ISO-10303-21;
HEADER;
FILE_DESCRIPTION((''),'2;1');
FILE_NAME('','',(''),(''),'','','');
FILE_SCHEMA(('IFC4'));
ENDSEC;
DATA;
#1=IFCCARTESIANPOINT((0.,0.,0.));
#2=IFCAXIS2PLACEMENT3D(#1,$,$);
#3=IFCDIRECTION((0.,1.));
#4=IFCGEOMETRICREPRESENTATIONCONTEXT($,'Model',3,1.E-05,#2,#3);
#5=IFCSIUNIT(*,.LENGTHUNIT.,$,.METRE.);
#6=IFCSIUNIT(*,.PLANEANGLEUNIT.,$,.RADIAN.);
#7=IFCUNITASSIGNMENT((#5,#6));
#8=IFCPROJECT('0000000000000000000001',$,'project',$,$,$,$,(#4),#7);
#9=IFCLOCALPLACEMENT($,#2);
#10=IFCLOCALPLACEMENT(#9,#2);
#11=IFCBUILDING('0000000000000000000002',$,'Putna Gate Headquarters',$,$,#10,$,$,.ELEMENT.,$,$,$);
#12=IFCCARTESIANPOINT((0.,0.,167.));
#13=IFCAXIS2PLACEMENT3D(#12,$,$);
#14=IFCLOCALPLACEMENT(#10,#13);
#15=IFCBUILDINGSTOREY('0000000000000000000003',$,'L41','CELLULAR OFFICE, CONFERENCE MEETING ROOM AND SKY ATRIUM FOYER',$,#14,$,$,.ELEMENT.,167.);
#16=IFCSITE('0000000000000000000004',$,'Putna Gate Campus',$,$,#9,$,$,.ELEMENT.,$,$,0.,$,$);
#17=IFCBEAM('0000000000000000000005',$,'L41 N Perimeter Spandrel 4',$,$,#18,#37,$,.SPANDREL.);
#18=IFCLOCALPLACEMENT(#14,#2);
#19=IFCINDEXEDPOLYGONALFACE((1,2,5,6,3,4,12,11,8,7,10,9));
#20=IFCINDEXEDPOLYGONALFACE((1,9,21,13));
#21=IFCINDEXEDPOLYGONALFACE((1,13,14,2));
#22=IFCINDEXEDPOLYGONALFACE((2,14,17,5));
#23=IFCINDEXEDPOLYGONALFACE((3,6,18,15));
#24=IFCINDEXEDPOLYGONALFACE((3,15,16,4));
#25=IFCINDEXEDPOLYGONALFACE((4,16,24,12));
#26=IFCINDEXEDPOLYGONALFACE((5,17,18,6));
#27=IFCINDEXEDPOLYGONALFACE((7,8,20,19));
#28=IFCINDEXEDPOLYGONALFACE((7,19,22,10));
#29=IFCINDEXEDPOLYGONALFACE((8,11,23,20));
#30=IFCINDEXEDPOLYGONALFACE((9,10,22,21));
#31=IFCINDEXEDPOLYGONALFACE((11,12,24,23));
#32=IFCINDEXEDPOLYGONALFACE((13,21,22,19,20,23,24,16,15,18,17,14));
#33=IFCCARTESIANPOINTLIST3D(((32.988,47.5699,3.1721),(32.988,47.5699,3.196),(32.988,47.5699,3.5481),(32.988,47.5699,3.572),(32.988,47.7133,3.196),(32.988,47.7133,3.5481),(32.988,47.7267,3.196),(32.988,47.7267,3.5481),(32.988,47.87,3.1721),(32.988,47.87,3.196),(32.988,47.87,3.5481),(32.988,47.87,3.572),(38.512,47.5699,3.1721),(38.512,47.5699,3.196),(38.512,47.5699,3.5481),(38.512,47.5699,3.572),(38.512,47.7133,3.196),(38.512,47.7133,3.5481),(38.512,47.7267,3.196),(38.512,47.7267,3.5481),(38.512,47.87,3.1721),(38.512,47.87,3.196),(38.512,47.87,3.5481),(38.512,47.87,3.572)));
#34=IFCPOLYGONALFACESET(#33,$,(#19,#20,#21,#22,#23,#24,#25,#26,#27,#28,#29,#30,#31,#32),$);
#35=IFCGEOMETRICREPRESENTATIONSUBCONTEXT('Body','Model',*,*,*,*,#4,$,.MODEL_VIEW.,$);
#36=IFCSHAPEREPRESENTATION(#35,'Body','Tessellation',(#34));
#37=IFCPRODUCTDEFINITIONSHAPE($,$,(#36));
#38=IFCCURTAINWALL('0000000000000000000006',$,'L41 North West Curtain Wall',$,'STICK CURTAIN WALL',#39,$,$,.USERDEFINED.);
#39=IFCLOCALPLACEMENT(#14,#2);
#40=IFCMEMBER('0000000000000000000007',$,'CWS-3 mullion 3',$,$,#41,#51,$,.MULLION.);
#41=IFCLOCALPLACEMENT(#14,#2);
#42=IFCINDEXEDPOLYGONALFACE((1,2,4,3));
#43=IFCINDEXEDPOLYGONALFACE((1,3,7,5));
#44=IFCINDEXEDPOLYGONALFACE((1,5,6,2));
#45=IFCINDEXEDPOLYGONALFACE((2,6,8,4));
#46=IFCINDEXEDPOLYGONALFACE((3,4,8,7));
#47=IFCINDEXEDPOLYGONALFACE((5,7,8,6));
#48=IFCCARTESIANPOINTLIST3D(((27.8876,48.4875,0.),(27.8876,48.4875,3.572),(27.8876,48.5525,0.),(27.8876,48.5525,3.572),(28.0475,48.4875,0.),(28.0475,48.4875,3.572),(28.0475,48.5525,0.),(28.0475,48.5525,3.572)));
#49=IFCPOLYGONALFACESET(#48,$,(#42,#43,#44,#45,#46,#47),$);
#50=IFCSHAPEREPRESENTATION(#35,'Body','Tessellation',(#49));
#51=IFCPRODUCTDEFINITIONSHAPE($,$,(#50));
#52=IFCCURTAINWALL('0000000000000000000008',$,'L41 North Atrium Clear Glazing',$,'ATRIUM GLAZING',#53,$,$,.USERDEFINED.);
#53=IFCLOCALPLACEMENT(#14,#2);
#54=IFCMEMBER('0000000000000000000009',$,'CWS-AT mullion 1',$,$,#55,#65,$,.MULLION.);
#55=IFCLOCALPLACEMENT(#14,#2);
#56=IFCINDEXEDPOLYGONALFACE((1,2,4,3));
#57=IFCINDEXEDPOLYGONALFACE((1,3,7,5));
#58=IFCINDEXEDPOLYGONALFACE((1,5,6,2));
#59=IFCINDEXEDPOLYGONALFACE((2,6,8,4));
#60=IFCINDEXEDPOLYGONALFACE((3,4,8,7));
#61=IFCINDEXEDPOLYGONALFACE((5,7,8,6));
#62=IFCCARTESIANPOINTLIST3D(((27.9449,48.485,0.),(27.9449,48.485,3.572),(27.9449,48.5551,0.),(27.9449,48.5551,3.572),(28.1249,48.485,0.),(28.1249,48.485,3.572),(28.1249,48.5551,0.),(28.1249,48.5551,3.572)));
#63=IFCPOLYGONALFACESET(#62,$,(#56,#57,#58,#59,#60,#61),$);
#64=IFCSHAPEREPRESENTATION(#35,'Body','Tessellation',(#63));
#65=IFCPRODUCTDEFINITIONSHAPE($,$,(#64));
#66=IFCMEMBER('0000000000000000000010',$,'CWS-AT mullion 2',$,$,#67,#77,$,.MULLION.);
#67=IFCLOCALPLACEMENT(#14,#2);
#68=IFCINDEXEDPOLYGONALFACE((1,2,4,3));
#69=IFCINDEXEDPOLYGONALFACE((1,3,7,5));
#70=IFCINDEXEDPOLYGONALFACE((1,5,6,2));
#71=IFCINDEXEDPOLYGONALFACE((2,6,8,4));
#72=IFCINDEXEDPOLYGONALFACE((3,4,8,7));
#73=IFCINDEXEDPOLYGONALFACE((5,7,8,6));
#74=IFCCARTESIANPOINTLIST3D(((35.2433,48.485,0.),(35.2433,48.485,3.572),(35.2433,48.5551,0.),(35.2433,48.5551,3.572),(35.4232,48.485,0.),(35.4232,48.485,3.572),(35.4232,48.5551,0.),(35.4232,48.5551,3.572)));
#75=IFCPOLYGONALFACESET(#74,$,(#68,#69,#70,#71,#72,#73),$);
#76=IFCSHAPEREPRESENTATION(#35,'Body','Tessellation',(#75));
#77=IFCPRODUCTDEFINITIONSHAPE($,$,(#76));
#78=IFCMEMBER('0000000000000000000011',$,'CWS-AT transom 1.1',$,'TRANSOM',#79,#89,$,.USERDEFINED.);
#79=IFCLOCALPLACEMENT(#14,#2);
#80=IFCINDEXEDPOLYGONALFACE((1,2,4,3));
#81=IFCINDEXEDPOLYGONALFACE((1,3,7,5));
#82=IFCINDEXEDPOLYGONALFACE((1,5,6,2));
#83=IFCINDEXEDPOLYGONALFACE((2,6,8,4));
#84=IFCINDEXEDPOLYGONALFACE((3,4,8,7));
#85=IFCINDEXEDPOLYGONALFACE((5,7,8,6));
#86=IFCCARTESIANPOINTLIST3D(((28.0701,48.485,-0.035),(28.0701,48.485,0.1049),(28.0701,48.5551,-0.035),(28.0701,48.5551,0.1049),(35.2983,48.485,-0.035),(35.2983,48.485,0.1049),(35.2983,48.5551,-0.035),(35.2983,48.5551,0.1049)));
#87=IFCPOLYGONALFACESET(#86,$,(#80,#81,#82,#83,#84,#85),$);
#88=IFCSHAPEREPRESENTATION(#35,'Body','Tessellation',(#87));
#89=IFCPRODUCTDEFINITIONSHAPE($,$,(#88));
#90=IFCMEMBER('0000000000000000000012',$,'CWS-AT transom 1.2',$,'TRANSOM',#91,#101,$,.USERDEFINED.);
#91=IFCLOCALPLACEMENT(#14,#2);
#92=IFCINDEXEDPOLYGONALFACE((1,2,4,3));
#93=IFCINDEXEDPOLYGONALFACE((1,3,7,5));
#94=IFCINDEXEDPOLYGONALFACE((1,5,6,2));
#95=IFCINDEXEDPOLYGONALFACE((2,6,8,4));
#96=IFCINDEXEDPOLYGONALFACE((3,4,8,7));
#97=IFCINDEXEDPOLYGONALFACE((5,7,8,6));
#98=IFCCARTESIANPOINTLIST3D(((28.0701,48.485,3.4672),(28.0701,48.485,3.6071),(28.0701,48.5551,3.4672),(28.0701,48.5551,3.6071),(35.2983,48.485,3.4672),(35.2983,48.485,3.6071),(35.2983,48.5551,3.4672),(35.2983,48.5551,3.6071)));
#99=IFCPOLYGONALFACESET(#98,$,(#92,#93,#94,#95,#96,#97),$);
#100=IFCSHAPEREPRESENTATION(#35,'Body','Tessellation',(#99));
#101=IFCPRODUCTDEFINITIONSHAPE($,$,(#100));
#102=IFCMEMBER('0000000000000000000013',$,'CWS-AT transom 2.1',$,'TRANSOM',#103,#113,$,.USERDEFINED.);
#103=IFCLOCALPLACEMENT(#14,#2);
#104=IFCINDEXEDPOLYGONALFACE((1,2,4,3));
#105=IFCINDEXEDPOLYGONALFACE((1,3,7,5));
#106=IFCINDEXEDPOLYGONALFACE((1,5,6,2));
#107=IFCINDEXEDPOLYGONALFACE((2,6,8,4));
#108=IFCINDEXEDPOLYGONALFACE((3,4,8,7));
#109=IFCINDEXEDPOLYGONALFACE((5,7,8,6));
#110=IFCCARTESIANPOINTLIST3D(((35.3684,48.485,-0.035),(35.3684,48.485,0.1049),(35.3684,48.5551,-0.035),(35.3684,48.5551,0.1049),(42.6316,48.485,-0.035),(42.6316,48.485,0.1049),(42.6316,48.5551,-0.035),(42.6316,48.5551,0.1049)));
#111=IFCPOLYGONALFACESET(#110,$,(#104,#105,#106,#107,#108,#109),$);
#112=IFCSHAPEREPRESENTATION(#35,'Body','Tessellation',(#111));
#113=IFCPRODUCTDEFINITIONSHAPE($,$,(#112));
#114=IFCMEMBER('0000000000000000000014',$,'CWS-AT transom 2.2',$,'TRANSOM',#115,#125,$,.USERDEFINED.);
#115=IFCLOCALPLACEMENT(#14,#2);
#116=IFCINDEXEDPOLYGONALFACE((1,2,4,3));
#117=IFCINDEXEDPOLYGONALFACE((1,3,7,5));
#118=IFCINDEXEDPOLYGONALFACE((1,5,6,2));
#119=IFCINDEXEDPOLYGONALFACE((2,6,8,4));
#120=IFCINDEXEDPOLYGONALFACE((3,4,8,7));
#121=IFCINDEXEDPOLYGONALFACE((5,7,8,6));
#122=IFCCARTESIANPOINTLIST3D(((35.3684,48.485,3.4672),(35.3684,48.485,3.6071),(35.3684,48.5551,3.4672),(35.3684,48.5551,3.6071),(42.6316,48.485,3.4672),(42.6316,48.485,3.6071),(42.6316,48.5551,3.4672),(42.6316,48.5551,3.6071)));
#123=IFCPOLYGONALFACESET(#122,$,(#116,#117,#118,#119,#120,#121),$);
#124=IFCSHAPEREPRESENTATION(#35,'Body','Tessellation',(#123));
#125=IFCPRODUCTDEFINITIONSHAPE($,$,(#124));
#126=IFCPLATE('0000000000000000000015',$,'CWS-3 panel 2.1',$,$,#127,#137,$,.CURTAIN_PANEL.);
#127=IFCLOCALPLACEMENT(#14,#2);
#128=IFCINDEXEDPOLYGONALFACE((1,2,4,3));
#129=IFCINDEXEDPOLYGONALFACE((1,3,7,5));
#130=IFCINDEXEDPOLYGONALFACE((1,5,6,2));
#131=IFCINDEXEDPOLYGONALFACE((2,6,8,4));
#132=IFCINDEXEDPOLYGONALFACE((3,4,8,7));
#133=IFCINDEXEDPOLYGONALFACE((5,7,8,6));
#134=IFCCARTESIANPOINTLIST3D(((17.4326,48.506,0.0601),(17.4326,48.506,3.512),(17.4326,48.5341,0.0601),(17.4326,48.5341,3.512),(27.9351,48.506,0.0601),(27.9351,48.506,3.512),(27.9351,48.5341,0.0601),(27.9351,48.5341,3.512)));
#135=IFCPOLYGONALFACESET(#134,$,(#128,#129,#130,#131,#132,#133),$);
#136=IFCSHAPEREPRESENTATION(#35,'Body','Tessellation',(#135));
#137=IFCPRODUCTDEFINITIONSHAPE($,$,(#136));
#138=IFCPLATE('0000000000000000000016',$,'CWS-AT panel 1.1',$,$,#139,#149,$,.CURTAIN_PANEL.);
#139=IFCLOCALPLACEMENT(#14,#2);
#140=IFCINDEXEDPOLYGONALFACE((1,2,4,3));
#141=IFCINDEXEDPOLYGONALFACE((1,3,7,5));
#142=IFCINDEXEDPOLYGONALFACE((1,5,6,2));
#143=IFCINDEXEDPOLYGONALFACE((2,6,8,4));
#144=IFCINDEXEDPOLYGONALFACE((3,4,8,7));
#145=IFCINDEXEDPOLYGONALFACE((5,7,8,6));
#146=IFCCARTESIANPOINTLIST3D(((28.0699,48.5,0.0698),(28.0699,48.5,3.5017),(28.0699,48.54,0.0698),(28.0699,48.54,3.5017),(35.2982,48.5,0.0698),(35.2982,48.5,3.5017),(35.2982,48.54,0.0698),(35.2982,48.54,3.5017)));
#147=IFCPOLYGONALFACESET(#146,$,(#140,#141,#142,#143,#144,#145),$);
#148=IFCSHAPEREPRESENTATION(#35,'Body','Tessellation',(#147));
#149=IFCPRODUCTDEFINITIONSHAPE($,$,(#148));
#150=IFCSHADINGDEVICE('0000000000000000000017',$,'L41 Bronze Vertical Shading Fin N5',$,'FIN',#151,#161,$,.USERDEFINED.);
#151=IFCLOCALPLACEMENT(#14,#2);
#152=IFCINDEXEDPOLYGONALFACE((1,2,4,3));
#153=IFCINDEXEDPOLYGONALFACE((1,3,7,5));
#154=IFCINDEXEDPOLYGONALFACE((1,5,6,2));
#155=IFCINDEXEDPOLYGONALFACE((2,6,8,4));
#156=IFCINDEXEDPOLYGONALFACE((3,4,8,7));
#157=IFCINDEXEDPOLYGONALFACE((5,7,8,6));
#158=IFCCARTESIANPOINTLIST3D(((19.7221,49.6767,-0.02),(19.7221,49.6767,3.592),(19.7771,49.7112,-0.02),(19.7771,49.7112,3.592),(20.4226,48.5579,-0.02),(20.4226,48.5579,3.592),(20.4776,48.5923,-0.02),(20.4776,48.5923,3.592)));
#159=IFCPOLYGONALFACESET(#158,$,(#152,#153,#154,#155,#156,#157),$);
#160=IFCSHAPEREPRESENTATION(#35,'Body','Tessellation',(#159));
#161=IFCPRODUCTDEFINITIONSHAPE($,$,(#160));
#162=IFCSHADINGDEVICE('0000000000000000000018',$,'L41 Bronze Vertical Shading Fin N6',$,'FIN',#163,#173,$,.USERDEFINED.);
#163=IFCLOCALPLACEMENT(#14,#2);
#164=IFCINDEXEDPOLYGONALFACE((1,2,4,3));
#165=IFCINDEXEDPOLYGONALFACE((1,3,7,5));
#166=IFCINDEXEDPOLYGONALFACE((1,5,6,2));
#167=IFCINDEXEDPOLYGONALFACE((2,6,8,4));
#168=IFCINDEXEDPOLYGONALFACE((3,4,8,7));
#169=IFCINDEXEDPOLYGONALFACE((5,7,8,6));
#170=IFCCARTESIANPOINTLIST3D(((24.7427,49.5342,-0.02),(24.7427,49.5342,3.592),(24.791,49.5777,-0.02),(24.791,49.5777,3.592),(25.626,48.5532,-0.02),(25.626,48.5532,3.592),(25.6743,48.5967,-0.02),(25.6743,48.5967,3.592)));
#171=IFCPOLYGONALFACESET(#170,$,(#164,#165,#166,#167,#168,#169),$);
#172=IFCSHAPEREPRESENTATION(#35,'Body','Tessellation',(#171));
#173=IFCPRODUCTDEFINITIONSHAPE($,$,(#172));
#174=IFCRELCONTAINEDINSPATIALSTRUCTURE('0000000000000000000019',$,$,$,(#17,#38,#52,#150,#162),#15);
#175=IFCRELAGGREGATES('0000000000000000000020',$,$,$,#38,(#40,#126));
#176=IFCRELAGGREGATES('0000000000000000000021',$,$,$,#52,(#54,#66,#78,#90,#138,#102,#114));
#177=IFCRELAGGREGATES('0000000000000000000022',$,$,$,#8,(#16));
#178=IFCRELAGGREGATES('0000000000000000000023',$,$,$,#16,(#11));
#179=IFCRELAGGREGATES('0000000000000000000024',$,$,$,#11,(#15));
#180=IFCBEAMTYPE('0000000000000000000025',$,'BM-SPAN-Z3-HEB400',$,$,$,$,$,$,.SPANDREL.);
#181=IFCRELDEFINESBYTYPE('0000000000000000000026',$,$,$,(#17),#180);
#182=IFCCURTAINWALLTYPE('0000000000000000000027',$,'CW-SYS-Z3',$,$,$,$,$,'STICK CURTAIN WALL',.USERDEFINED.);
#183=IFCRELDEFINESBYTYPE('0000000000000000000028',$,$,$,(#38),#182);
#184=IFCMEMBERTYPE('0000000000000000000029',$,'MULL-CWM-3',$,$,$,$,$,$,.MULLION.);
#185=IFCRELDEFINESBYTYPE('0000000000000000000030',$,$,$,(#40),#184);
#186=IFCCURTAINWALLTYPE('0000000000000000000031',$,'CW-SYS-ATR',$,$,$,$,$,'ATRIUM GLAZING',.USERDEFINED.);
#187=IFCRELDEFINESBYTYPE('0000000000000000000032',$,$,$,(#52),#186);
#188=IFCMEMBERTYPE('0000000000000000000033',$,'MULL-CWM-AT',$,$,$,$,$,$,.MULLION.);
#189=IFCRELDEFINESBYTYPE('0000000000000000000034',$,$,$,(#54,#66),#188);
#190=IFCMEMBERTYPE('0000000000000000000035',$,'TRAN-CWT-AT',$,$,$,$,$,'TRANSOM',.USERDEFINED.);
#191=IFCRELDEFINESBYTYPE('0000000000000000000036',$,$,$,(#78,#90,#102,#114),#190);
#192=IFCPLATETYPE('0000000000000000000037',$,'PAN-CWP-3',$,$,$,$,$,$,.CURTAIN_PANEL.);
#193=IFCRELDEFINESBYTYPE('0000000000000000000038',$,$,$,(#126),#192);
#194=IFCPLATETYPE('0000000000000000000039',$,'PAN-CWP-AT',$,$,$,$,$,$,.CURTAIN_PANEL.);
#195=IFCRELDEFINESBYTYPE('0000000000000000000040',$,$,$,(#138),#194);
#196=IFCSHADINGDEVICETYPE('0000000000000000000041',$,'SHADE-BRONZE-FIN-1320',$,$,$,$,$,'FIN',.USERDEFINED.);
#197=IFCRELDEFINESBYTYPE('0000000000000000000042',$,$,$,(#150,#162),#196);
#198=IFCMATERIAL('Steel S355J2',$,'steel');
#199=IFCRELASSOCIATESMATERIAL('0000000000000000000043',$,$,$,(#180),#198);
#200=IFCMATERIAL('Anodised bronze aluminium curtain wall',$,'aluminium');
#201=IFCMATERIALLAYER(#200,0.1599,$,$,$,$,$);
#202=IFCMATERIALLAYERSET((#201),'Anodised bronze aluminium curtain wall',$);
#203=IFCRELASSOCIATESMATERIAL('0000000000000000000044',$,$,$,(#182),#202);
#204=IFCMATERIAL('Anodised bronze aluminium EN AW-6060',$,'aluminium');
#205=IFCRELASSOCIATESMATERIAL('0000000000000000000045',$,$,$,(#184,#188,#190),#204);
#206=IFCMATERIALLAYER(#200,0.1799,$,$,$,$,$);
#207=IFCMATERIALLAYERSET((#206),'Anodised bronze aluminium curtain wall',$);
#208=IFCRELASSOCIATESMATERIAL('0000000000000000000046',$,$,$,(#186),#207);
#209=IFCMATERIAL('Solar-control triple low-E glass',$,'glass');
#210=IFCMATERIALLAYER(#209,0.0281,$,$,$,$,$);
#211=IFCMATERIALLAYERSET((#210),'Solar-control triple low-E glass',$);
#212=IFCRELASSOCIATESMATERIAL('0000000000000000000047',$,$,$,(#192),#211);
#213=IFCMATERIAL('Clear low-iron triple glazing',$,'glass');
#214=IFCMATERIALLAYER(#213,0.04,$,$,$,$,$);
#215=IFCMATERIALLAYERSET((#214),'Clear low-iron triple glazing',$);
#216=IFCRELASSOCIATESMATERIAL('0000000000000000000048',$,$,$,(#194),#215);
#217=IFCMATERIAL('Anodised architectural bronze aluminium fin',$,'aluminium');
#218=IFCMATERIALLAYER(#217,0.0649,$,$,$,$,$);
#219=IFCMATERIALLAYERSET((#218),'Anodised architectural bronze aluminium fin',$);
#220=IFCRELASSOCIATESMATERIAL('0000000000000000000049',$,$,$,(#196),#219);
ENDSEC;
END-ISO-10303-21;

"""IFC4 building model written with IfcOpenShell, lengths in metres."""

from ifc_helpers import new_model, si_unit, direction, frame, origin, origin_2d, place, context, subcontext, project, spatial, rectangle, i_section, extrude, material, layer, layer_set, material_profile, profile_set, type_object, element, aggregate, save


model = new_model("IFC4")

# Units and contexts
model_context = context("Model", 3, precision=1e-05, world=origin(), true_north=direction((0.0, 1.0)))
body_context = subcontext(model_context, "Body", "Model", "MODEL_VIEW")
ifc_project = project(units=[si_unit("LENGTHUNIT", "METRE"), si_unit("PLANEANGLEUNIT", "RADIAN")], contexts=[model_context])

# Site, building, storey
site_placement = place(None, origin())
site = spatial("IfcSite", under=ifc_project, at=site_placement, Name="Putna Gate Campus", CompositionType="ELEMENT", RefElevation=0.0)
building_placement = place(site_placement, origin())
building = spatial("IfcBuilding", under=site, at=building_placement, Name="Putna Gate Headquarters", CompositionType="ELEMENT")
storey_placement = place(building_placement, frame((0.0, 0.0, 167.0)))
storey = spatial("IfcBuildingStorey", under=building, at=storey_placement, Name="L41", Description="CELLULAR OFFICE, CONFERENCE MEETING ROOM AND SKY ATRIUM FOYER", CompositionType="ELEMENT", Elevation=167.0)

# Beam
ifc_material_1 = material(Name="Steel S355J2", Category="steel")
ifc_material_profile_1 = material_profile(ifc_material_1, i_section(OverallWidth=0.3, OverallDepth=0.3999, WebThickness=0.0134, FlangeThickness=0.0239, at=origin_2d()), Name="Steel S355J2")
ifc_profile_set_1 = profile_set([ifc_material_profile_1], Name="Steel S355J2")
beam_type_1 = type_object("IfcBeamType", Name="BM-SPAN-Z3-HEB400", PredefinedType="SPANDREL", material=ifc_profile_set_1)
for number, where, z_axis, x_axis, name in (
    (1, (32.988, 47.72, 3.3721), (1.0, 0.0, 0.0), (0.0, 1.0, 0.0), "L41 N Perimeter Spandrel 4"),
):
    element("IfcBeam", number, at=place(storey_placement, frame(where, z_axis=z_axis, x_axis=x_axis)), inside=storey, type_object=beam_type_1, Name=name, PredefinedType="SPANDREL", context=body_context, shape_type="SweptSolid", body=[
        extrude(i_section(OverallWidth=0.3, OverallDepth=0.3999, WebThickness=0.0134, FlangeThickness=0.0239, at=origin_2d()), origin(), (0.0, 0.0, 1.0), 5.5239),
    ])

# Curtain wall, member
ifc_material_2 = material(Name="Anodised bronze aluminium curtain wall", Category="aluminium")
ifc_layer_1 = layer(ifc_material_2, 0.1599)
ifc_layer_set_1 = layer_set([ifc_layer_1], Name="Anodised bronze aluminium curtain wall")
curtain_wall_type_1 = type_object("IfcCurtainWallType", Name="CW-SYS-Z3", ElementType="STICK CURTAIN WALL", PredefinedType="USERDEFINED", material=ifc_layer_set_1)
curtain_wall_1_placement = place(storey_placement, origin())
curtain_wall_1 = element("IfcCurtainWall", 2, at=curtain_wall_1_placement, inside=storey, type_object=curtain_wall_type_1, Name="L41 North West Curtain Wall", ObjectType="STICK CURTAIN WALL", PredefinedType="USERDEFINED")
ifc_material_3 = material(Name="Anodised bronze aluminium EN AW-6060", Category="aluminium")
ifc_material_profile_2 = material_profile(ifc_material_3, rectangle(XDim=0.0649, YDim=0.1599, at=origin_2d()), Name="Anodised bronze aluminium EN AW-6060")
ifc_profile_set_2 = profile_set([ifc_material_profile_2], Name="Anodised bronze aluminium EN AW-6060")
member_type_1 = type_object("IfcMemberType", Name="MULL-CWM-3", PredefinedType="MULLION", material=ifc_profile_set_2)
member_1_placement = place(storey_placement, frame((27.9675, 48.52, 0.0), z_axis=(0.0, 0.0, 1.0), x_axis=(0.0, 1.0, 0.0)))
member_1 = element("IfcMember", 3, at=member_1_placement, type_object=member_type_1, Name="CWS-3 mullion 3", PredefinedType="MULLION", context=body_context, shape_type="SweptSolid", body=[
    extrude(rectangle(XDim=0.0649, YDim=0.1599, at=origin_2d()), origin(), (0.0, 0.0, 1.0), 3.572),
])

# Curtain wall, members
ifc_layer_2 = layer(ifc_material_2, 0.1799)
ifc_layer_set_2 = layer_set([ifc_layer_2], Name="Anodised bronze aluminium curtain wall")
curtain_wall_type_2 = type_object("IfcCurtainWallType", Name="CW-SYS-ATR", ElementType="ATRIUM GLAZING", PredefinedType="USERDEFINED", material=ifc_layer_set_2)
curtain_wall_2_placement = place(storey_placement, origin())
curtain_wall_2 = element("IfcCurtainWall", 4, at=curtain_wall_2_placement, inside=storey, type_object=curtain_wall_type_2, Name="L41 North Atrium Clear Glazing", ObjectType="ATRIUM GLAZING", PredefinedType="USERDEFINED")
ifc_material_profile_3 = material_profile(ifc_material_3, rectangle(XDim=0.0701, YDim=0.1799, at=origin_2d()), Name="Anodised bronze aluminium EN AW-6060")
ifc_profile_set_3 = profile_set([ifc_material_profile_3], Name="Anodised bronze aluminium EN AW-6060")
member_type_2 = type_object("IfcMemberType", Name="MULL-CWM-AT", PredefinedType="MULLION", material=ifc_profile_set_3)
member_2_placement = place(storey_placement, frame((28.0349, 48.52, 0.0), z_axis=(0.0, 0.0, 1.0), x_axis=(0.0, 1.0, 0.0)))
member_2 = element("IfcMember", 5, at=member_2_placement, type_object=member_type_2, Name="CWS-AT mullion 1", PredefinedType="MULLION", context=body_context, shape_type="SweptSolid", body=[
    extrude(rectangle(XDim=0.0701, YDim=0.1799, at=origin_2d()), origin(), (0.0, 0.0, 1.0), 3.572),
])
member_3_placement = place(storey_placement, frame((35.3333, 48.52, 0.0), z_axis=(0.0, 0.0, 1.0), x_axis=(0.0, 1.0, 0.0)))
member_3 = element("IfcMember", 6, at=member_3_placement, type_object=member_type_2, Name="CWS-AT mullion 2", PredefinedType="MULLION", context=body_context, shape_type="SweptSolid", body=[
    extrude(rectangle(XDim=0.0701, YDim=0.1799, at=origin_2d()), origin(), (0.0, 0.0, 1.0), 3.572),
])
ifc_material_profile_4 = material_profile(ifc_material_3, rectangle(XDim=0.0701, YDim=0.1399, at=origin_2d()), Name="Anodised bronze aluminium EN AW-6060")
ifc_profile_set_4 = profile_set([ifc_material_profile_4], Name="Anodised bronze aluminium EN AW-6060")
member_type_3 = type_object("IfcMemberType", Name="TRAN-CWT-AT", ElementType="TRANSOM", PredefinedType="USERDEFINED", material=ifc_profile_set_4)
member_4_placement = place(storey_placement, frame((28.0701, 48.52, 0.0349), z_axis=(1.0, 0.0, 0.0), x_axis=(0.0, 1.0, 0.0)))
member_4 = element("IfcMember", 7, at=member_4_placement, type_object=member_type_3, Name="CWS-AT transom 1.1", ObjectType="TRANSOM", PredefinedType="USERDEFINED", context=body_context, shape_type="SweptSolid", body=[
    extrude(rectangle(XDim=0.0701, YDim=0.1399, at=origin_2d()), origin(), (0.0, 0.0, 1.0), 7.2283),
])
member_5_placement = place(storey_placement, frame((28.0701, 48.52, 3.5371), z_axis=(1.0, 0.0, 0.0), x_axis=(0.0, 1.0, 0.0)))
member_5 = element("IfcMember", 8, at=member_5_placement, type_object=member_type_3, Name="CWS-AT transom 1.2", ObjectType="TRANSOM", PredefinedType="USERDEFINED", context=body_context, shape_type="SweptSolid", body=[
    extrude(rectangle(XDim=0.0701, YDim=0.1399, at=origin_2d()), origin(), (0.0, 0.0, 1.0), 7.2283),
])
member_6_placement = place(storey_placement, frame((35.3684, 48.52, 0.0349), z_axis=(1.0, 0.0, 0.0), x_axis=(0.0, 1.0, 0.0)))
member_6 = element("IfcMember", 9, at=member_6_placement, type_object=member_type_3, Name="CWS-AT transom 2.1", ObjectType="TRANSOM", PredefinedType="USERDEFINED", context=body_context, shape_type="SweptSolid", body=[
    extrude(rectangle(XDim=0.0701, YDim=0.1399, at=origin_2d()), origin(), (0.0, 0.0, 1.0), 7.2632),
])
member_7_placement = place(storey_placement, frame((35.3684, 48.52, 3.5371), z_axis=(1.0, 0.0, 0.0), x_axis=(0.0, 1.0, 0.0)))
member_7 = element("IfcMember", 10, at=member_7_placement, type_object=member_type_3, Name="CWS-AT transom 2.2", ObjectType="TRANSOM", PredefinedType="USERDEFINED", context=body_context, shape_type="SweptSolid", body=[
    extrude(rectangle(XDim=0.0701, YDim=0.1399, at=origin_2d()), origin(), (0.0, 0.0, 1.0), 7.2632),
])

# Plates
ifc_material_4 = material(Name="Solar-control triple low-E glass", Category="glass")
ifc_layer_3 = layer(ifc_material_4, 0.0281)
ifc_layer_set_3 = layer_set([ifc_layer_3], Name="Solar-control triple low-E glass")
plate_type_1 = type_object("IfcPlateType", Name="PAN-CWP-3", PredefinedType="CURTAIN_PANEL", material=ifc_layer_set_3)
plate_1_placement = place(storey_placement, frame((22.6838, 48.52, 0.0601), z_axis=(0.0, 0.0, 1.0), x_axis=(1.0, 0.0, 0.0)))
plate_1 = element("IfcPlate", 11, at=plate_1_placement, type_object=plate_type_1, Name="CWS-3 panel 2.1", PredefinedType="CURTAIN_PANEL", context=body_context, shape_type="SweptSolid", body=[
    extrude(rectangle(XDim=10.5024, YDim=0.0281, at=origin_2d()), origin(), (0.0, 0.0, 1.0), 3.4519),
])
aggregate(curtain_wall_1, [member_1, plate_1])
ifc_material_5 = material(Name="Clear low-iron triple glazing", Category="glass")
ifc_layer_4 = layer(ifc_material_5, 0.04)
ifc_layer_set_4 = layer_set([ifc_layer_4], Name="Clear low-iron triple glazing")
plate_type_2 = type_object("IfcPlateType", Name="PAN-CWP-AT", PredefinedType="CURTAIN_PANEL", material=ifc_layer_set_4)
plate_2_placement = place(storey_placement, frame((31.6841, 48.52, 0.0698), z_axis=(0.0, 0.0, 1.0), x_axis=(1.0, 0.0, 0.0)))
plate_2 = element("IfcPlate", 12, at=plate_2_placement, type_object=plate_type_2, Name="CWS-AT panel 1.1", PredefinedType="CURTAIN_PANEL", context=body_context, shape_type="SweptSolid", body=[
    extrude(rectangle(XDim=7.2283, YDim=0.04, at=origin_2d()), origin(), (0.0, 0.0, 1.0), 3.4319),
])
aggregate(curtain_wall_2, [member_2, member_3, member_4, member_5, plate_2, member_6, member_7])

# Shading devices
ifc_material_6 = material(Name="Anodised architectural bronze aluminium fin", Category="aluminium")
ifc_layer_5 = layer(ifc_material_6, 0.0649)
ifc_layer_set_5 = layer_set([ifc_layer_5], Name="Anodised architectural bronze aluminium fin")
shading_device_type = type_object("IfcShadingDeviceType", Name="SHADE-BRONZE-FIN-1320", ElementType="FIN", PredefinedType="USERDEFINED", material=ifc_layer_set_5)
for number, where, z_axis, x_axis, name in (
    (13, (20.0999, 49.1345, -0.02), (0.0, 0.0, 1.0), (-0.530659, 0.847585, 0.0), "L41 Bronze Vertical Shading Fin N5"),
    (14, (25.2085, 49.0654, -0.02), (0.0, 0.0, 1.0), (-0.669131, 0.743145, 0.0), "L41 Bronze Vertical Shading Fin N6"),
):
    element("IfcShadingDevice", number, at=place(storey_placement, frame(where, z_axis=z_axis, x_axis=x_axis)), inside=storey, type_object=shading_device_type, Name=name, ObjectType="FIN", PredefinedType="USERDEFINED", context=body_context, shape_type="SweptSolid", body=[
        extrude(rectangle(XDim=1.3201, YDim=0.0649, at=origin_2d()), origin(), (0.0, 0.0, 1.0), 3.6121),
    ])

save(model, "model.ifc")
